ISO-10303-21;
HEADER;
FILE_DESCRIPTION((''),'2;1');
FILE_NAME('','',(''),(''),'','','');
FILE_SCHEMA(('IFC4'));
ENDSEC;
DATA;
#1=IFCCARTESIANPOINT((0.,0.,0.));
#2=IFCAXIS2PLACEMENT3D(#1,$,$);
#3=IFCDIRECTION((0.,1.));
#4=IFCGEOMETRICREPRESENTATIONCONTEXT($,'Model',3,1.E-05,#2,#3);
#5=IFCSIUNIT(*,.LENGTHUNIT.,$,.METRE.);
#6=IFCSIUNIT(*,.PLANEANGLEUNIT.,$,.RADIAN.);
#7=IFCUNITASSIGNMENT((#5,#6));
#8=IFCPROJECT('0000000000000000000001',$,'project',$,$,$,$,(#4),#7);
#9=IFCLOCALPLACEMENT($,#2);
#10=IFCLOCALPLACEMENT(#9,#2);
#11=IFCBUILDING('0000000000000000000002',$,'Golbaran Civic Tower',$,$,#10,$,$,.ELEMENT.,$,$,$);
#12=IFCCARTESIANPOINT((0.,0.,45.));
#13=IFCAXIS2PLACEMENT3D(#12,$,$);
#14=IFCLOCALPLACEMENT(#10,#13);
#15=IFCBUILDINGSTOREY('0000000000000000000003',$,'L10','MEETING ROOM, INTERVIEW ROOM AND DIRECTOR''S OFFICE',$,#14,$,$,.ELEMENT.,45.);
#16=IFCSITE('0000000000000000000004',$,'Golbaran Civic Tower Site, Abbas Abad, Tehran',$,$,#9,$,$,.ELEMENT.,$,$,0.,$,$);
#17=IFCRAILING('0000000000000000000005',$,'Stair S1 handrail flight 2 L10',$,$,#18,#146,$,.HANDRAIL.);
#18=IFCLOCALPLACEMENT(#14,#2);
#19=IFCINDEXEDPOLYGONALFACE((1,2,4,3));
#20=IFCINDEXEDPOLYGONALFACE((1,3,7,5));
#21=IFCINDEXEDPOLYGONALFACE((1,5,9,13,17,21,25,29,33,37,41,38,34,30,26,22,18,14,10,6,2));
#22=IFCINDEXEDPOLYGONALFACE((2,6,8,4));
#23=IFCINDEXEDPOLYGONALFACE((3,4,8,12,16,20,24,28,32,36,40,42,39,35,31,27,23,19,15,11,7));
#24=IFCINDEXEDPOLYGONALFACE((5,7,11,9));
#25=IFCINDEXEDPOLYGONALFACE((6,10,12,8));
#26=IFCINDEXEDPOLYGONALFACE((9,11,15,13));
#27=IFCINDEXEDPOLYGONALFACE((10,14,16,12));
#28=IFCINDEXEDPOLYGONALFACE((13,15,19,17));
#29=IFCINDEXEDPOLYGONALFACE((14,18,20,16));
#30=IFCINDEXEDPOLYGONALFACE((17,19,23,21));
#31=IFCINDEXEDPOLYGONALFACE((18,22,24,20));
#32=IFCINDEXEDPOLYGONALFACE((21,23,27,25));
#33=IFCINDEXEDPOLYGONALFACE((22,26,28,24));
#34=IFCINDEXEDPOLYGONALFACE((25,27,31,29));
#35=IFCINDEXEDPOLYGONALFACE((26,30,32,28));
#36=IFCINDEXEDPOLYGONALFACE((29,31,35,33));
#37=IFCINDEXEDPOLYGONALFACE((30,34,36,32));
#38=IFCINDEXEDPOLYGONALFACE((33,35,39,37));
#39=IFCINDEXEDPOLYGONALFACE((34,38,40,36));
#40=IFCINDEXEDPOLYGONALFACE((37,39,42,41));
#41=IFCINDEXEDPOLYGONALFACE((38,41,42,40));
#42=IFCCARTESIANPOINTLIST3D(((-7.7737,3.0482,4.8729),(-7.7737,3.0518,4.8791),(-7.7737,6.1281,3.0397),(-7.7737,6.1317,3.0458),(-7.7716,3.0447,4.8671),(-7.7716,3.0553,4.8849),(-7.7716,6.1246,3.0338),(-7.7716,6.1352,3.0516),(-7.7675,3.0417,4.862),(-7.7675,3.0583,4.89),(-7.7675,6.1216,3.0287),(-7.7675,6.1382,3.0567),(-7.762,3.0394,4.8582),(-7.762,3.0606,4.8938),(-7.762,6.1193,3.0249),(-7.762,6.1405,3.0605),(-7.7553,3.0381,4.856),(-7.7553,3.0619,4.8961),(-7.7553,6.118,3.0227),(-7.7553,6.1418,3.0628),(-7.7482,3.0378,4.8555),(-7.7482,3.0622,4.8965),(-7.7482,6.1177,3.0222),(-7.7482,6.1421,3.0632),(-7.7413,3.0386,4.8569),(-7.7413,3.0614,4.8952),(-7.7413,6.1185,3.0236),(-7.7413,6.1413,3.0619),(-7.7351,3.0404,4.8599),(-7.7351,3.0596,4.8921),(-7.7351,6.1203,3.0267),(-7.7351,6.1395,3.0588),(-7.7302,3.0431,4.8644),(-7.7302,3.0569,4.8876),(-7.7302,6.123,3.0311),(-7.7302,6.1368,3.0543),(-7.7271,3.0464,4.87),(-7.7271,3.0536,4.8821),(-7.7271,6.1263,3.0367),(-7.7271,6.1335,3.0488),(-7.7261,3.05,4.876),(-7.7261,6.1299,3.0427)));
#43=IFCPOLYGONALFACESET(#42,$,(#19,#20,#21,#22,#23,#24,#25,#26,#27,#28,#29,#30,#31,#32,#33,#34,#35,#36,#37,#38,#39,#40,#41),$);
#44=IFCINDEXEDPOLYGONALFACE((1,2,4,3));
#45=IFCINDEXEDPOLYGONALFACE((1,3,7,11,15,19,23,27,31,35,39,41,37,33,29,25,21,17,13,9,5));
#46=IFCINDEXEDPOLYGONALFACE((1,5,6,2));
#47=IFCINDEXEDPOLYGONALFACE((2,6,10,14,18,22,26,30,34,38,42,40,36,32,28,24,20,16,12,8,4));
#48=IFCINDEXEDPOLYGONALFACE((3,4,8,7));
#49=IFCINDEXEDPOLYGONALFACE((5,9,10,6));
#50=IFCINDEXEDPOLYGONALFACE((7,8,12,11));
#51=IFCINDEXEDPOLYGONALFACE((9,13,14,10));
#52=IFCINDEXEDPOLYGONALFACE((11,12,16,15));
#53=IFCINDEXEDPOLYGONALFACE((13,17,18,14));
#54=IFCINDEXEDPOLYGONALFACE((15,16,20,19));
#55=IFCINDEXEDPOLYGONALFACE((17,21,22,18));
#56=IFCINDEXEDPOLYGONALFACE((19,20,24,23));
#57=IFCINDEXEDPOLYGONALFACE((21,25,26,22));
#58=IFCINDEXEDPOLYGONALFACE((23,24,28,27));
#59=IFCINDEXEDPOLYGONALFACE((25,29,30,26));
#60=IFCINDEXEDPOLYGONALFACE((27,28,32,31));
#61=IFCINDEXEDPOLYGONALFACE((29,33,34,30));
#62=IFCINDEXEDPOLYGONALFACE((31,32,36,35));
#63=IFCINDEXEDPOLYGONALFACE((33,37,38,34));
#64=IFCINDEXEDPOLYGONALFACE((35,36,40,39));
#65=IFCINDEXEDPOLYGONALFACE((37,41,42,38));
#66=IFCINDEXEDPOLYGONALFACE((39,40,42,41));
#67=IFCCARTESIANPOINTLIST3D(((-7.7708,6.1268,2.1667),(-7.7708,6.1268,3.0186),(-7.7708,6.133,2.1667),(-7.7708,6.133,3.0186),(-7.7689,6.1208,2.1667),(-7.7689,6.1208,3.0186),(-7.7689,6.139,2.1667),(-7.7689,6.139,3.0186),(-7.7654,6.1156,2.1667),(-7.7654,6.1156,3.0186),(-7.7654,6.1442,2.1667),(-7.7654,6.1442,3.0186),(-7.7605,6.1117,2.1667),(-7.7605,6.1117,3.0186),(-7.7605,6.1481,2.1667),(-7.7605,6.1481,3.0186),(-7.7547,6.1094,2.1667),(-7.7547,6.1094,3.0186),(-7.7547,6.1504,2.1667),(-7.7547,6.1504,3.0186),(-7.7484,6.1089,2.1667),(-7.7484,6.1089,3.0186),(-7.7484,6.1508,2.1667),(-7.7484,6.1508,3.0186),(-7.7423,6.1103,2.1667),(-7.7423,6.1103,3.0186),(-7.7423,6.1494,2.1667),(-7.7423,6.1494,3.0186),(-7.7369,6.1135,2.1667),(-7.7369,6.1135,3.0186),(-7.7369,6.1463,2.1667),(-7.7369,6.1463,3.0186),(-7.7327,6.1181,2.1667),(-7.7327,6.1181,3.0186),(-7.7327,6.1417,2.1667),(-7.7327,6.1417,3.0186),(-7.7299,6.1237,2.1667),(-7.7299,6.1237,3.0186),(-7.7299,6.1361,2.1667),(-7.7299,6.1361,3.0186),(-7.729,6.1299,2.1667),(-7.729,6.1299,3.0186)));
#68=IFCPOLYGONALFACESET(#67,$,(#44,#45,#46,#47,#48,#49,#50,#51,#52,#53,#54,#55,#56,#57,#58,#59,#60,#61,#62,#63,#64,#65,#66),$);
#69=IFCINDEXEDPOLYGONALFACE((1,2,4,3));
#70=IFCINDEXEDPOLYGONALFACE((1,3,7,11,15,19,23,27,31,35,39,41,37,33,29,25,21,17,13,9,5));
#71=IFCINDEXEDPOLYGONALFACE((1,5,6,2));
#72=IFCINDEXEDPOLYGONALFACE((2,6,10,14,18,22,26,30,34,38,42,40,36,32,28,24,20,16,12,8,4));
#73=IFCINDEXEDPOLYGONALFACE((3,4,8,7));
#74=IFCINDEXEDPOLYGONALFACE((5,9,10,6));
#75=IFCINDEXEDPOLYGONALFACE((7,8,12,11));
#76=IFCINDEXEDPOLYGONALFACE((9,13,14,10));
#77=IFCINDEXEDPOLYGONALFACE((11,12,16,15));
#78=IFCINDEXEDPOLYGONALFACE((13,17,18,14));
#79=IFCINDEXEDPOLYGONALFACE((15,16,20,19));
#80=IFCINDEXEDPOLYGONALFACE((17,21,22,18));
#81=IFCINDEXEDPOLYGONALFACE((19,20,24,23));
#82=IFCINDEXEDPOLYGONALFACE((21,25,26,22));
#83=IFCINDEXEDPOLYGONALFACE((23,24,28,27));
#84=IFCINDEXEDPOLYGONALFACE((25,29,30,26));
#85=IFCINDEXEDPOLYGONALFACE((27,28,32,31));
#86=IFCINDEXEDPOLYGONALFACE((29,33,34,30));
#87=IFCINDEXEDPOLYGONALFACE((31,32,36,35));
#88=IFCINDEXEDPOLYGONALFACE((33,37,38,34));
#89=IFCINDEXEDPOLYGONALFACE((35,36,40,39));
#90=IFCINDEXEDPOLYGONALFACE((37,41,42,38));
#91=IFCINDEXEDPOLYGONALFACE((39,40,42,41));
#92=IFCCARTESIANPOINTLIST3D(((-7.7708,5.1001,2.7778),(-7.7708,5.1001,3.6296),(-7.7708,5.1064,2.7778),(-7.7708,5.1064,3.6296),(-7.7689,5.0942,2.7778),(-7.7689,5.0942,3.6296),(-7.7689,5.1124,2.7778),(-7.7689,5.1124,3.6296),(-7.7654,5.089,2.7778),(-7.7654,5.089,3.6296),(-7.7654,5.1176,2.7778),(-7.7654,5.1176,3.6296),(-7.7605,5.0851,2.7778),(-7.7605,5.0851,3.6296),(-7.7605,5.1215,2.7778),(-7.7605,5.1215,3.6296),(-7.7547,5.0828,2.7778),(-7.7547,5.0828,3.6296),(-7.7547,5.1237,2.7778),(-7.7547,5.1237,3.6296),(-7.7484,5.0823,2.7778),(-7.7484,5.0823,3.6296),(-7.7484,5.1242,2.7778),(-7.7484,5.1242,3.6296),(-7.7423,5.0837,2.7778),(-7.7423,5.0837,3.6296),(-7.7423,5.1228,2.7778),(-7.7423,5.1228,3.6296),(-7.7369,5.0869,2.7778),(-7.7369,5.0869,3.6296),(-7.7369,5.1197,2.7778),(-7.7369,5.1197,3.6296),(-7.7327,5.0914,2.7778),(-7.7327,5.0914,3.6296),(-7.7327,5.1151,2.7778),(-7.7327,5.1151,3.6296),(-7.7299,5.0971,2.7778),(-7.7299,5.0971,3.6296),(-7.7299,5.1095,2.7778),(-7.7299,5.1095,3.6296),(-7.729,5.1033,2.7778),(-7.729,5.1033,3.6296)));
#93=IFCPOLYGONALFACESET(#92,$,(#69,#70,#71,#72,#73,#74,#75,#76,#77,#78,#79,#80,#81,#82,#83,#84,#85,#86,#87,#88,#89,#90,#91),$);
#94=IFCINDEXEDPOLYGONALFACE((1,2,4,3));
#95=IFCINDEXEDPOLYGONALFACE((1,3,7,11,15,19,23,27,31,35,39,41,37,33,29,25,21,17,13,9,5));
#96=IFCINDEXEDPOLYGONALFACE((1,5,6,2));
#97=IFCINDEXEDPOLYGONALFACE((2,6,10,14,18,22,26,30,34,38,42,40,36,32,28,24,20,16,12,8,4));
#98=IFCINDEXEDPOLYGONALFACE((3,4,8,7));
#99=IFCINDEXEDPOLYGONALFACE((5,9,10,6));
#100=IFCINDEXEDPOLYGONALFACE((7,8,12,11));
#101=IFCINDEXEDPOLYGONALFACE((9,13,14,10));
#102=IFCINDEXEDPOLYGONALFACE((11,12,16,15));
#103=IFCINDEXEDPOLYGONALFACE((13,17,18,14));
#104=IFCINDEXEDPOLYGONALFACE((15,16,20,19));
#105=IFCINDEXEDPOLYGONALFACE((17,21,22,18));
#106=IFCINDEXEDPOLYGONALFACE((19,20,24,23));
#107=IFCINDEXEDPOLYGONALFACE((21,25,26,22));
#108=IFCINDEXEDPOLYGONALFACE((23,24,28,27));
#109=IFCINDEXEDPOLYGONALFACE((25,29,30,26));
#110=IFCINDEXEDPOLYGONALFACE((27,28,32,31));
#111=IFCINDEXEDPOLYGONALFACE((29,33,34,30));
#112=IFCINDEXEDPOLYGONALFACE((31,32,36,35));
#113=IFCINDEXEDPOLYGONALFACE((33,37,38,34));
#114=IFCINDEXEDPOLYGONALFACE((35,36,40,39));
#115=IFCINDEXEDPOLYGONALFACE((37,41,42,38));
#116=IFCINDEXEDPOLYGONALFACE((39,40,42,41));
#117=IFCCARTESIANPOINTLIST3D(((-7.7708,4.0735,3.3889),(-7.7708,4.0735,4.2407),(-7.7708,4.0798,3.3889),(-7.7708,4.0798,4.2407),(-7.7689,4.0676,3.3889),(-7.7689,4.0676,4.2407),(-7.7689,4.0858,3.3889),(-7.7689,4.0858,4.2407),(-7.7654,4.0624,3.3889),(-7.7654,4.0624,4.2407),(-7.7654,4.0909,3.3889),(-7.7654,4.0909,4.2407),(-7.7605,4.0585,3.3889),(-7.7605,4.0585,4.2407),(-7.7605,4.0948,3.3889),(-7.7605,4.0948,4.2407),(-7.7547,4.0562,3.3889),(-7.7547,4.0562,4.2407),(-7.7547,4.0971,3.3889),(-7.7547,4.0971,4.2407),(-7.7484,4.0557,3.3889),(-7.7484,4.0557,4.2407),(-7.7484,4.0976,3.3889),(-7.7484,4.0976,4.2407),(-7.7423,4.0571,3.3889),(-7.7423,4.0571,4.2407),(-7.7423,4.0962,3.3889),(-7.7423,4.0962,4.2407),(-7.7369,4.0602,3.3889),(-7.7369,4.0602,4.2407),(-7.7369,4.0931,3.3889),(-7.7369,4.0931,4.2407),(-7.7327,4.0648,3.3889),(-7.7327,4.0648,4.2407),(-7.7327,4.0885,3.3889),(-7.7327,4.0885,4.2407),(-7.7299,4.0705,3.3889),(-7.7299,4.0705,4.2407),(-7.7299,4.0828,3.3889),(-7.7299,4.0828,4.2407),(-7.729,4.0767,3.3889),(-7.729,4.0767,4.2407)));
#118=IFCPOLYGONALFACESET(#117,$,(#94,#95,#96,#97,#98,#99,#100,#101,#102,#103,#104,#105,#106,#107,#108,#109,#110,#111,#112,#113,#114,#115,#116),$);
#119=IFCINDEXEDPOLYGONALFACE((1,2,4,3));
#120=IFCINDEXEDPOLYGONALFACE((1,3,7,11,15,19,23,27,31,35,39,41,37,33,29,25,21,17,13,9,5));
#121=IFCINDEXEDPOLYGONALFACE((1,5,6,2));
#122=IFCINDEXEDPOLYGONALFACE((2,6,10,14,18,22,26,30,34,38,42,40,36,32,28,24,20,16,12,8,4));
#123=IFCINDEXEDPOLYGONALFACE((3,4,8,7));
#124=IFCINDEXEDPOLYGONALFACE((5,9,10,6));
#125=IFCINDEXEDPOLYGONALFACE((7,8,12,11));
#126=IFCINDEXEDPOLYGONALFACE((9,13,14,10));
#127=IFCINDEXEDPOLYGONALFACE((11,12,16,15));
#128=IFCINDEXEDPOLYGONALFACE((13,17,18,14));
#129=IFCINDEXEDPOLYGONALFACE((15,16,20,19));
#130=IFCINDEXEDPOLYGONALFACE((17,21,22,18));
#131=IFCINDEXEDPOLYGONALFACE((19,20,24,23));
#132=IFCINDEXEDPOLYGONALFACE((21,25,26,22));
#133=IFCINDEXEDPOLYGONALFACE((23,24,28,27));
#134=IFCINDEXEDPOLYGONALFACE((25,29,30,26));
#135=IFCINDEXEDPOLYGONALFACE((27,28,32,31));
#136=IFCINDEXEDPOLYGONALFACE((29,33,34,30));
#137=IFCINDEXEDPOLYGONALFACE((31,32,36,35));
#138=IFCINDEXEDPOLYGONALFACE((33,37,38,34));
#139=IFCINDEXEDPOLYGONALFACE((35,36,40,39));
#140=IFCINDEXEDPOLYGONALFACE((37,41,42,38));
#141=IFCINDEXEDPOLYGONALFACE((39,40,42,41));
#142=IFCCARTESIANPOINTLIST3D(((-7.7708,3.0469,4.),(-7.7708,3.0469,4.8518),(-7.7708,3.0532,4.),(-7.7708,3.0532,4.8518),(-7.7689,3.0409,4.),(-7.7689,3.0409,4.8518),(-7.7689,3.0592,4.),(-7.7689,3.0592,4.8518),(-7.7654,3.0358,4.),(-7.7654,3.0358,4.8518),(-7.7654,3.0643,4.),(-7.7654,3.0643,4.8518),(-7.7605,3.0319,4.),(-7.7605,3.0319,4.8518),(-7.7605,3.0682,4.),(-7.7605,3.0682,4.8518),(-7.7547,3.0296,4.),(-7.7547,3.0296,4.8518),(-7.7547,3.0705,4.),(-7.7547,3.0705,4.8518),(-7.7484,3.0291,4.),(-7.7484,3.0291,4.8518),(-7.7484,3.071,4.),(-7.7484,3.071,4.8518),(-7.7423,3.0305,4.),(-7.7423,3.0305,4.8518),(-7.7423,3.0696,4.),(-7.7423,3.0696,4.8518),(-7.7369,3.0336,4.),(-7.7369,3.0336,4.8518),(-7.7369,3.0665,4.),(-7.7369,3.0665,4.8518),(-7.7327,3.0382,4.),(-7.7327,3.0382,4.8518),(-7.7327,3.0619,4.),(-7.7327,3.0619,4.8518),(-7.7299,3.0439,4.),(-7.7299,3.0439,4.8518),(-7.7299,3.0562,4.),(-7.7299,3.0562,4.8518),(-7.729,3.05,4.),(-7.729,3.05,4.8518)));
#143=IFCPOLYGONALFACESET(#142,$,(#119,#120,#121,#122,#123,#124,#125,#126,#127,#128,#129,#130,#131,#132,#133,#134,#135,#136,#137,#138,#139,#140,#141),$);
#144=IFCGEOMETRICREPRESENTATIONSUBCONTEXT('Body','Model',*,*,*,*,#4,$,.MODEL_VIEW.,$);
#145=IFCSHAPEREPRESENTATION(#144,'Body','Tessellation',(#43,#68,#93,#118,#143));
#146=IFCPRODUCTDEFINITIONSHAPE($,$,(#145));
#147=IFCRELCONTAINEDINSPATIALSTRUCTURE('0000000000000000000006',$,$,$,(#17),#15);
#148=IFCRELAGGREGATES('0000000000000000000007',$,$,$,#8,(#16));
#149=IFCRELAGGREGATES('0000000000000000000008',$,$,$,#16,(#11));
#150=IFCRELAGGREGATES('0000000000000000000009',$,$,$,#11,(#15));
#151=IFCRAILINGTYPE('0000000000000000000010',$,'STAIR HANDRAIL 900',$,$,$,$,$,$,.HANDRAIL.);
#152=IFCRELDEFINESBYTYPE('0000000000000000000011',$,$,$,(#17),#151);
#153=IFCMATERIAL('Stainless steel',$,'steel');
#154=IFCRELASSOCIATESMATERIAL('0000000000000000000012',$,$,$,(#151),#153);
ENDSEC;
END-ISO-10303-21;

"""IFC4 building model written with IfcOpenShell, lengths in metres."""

from ifc_helpers import new_model, si_unit, direction, frame, origin, origin_2d, place, context, subcontext, project, spatial, circle, extrude, material, type_object, element, save


model = new_model("IFC4")

# Units and contexts
model_context = context("Model", 3, precision=1e-05, world=origin(), true_north=direction((0.0, 1.0)))
body_context = subcontext(model_context, "Body", "Model", "MODEL_VIEW")
ifc_project = project(units=[si_unit("LENGTHUNIT", "METRE"), si_unit("PLANEANGLEUNIT", "RADIAN")], contexts=[model_context])

# Site, building, storey
site_placement = place(None, origin())
site = spatial("IfcSite", under=ifc_project, at=site_placement, Name="Golbaran Civic Tower Site, Abbas Abad, Tehran", CompositionType="ELEMENT", RefElevation=0.0)
building_placement = place(site_placement, origin())
building = spatial("IfcBuilding", under=site, at=building_placement, Name="Golbaran Civic Tower", CompositionType="ELEMENT")
storey_placement = place(building_placement, frame((0.0, 0.0, 45.0)))
storey = spatial("IfcBuildingStorey", under=building, at=storey_placement, Name="L10", Description="MEETING ROOM, INTERVIEW ROOM AND DIRECTOR'S OFFICE", CompositionType="ELEMENT", Elevation=45.0)

# Shared definitions
ifc_material_1 = material(Name="Stainless steel", Category="steel")

# Railing
railing_type = type_object("IfcRailingType", Name="STAIR HANDRAIL 900", PredefinedType="HANDRAIL", material=ifc_material_1)
railing_1_placement = place(storey_placement, frame((-7.75, 6.1299, 2.1667)))
element("IfcRailing", 1, at=railing_1_placement, inside=storey, type_object=railing_type, Name="Stair S1 handrail flight 2 L10", PredefinedType="HANDRAIL", context=body_context, shape_type="SweptSolid", body=[
    extrude(circle(Radius=0.0239, at=origin_2d()), frame((0.0, 0.0, 0.876), z_axis=(0.0, -0.859291, 0.511487), x_axis=(1.0, 0.0, 0.0)), (0.0, 0.0, 1.0), 3.5842),
    extrude(circle(Radius=0.021, at=origin_2d()), origin(), (0.0, 0.0, 1.0), 0.8518),
    extrude(circle(Radius=0.021, at=origin_2d()), frame((0.0, -1.0266, 0.6111)), (0.0, 0.0, 1.0), 0.8518),
    extrude(circle(Radius=0.021, at=origin_2d()), frame((0.0, -2.0532, 1.2222)), (0.0, 0.0, 1.0), 0.8518),
    extrude(circle(Radius=0.021, at=origin_2d()), frame((0.0, -3.0798, 1.8333)), (0.0, 0.0, 1.0), 0.8518),
])

save(model, "model.ifc")
